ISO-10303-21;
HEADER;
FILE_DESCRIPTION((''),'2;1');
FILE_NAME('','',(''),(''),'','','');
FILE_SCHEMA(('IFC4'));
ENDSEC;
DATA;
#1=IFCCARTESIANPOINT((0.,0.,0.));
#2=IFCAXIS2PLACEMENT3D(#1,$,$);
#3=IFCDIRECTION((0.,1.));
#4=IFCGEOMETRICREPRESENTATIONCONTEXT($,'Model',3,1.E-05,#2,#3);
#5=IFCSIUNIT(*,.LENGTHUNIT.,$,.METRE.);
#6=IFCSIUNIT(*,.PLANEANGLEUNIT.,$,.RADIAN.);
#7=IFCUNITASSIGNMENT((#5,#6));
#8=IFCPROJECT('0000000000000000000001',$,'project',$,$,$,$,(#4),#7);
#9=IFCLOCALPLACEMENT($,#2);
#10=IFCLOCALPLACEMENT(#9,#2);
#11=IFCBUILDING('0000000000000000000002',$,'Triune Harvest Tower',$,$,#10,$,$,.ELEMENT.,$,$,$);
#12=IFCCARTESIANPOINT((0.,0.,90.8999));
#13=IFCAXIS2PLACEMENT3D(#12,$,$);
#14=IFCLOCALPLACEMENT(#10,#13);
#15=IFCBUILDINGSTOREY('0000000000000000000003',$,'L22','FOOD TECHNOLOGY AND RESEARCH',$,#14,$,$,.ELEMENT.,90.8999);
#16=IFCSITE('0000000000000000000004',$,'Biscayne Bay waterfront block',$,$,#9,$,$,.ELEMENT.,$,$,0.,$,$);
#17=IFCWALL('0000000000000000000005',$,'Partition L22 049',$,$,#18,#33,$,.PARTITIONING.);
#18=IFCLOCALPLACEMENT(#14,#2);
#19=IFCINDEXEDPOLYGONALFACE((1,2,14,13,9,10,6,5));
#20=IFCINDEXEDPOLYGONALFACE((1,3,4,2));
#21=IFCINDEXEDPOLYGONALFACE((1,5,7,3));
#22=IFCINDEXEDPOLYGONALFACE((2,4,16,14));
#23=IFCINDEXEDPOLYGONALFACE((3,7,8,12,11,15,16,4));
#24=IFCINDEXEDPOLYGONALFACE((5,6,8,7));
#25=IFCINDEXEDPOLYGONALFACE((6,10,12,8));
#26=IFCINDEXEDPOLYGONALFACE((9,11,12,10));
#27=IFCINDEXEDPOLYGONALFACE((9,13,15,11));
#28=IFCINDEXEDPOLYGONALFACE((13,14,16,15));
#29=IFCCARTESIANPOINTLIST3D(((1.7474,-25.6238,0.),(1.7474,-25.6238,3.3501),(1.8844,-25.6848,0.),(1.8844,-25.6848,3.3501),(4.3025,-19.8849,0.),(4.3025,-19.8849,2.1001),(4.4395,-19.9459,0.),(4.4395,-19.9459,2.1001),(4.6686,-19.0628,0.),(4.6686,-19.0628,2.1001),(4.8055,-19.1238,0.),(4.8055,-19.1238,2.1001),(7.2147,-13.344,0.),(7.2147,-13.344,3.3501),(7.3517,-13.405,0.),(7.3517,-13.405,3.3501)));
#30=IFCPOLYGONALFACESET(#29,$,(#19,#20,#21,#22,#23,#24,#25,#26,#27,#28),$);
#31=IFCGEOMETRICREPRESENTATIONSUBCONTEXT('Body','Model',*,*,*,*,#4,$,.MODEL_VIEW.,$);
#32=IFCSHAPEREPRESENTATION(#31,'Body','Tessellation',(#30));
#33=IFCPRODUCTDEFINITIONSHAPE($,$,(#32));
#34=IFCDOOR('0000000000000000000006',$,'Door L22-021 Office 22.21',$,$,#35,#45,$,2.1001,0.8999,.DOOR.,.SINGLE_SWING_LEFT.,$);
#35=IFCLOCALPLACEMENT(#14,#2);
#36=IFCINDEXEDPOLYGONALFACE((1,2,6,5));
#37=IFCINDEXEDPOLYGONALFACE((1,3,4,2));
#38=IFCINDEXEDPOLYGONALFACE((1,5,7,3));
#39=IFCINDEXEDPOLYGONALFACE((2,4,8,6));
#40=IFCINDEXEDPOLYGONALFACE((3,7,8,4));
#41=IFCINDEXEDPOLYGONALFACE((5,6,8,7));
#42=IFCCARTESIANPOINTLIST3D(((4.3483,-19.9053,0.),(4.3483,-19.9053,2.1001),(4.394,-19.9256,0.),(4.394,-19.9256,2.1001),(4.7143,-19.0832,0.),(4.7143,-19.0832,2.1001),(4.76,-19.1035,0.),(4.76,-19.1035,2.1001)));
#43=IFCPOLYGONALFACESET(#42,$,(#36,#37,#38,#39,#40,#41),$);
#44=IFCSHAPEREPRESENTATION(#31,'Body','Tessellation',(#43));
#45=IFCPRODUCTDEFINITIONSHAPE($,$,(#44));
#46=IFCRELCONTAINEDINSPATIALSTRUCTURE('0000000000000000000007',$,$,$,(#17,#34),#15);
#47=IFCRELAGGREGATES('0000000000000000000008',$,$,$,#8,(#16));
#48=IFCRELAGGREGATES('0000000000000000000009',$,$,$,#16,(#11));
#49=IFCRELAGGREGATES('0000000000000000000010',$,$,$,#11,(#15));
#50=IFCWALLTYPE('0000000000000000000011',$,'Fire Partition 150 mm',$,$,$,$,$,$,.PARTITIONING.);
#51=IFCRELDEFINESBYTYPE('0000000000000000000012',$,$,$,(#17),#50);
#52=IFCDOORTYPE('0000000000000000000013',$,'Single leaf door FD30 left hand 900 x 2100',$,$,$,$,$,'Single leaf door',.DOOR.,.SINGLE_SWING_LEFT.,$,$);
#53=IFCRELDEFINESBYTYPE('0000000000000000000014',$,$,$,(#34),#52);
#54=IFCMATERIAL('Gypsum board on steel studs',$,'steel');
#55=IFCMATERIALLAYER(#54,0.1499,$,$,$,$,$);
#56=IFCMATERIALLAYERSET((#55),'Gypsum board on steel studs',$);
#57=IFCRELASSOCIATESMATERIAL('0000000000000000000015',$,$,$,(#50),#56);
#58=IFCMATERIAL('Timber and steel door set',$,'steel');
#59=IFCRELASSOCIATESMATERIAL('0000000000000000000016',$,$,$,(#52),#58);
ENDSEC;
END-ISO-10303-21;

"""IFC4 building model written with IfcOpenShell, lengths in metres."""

from ifc_helpers import new_model, si_unit, direction, frame, frame_2d, origin, place, context, subcontext, project, spatial, rectangle, extrude, material, layer, layer_set, type_object, element, fill, save


model = new_model("IFC4")

# Units and contexts
model_context = context("Model", 3, precision=1e-05, world=origin(), true_north=direction((0.0, 1.0)))
body_context = subcontext(model_context, "Body", "Model", "MODEL_VIEW")
ifc_project = project(units=[si_unit("LENGTHUNIT", "METRE"), si_unit("PLANEANGLEUNIT", "RADIAN")], contexts=[model_context])

# Site, building, storey
site_placement = place(None, origin())
site = spatial("IfcSite", under=ifc_project, at=site_placement, Name="Biscayne Bay waterfront block", CompositionType="ELEMENT", RefElevation=0.0)
building_placement = place(site_placement, origin())
building = spatial("IfcBuilding", under=site, at=building_placement, Name="Triune Harvest Tower", CompositionType="ELEMENT")
storey_placement = place(building_placement, frame((0.0, 0.0, 90.8999)))
storey = spatial("IfcBuildingStorey", under=building, at=storey_placement, Name="L22", Description="FOOD TECHNOLOGY AND RESEARCH", CompositionType="ELEMENT", Elevation=90.8999)

# Shared definitions
ifc_material_1 = material(Name="Gypsum board on steel studs", Category="steel")
ifc_layer_1 = layer(ifc_material_1, 0.1499)
ifc_layer_set_1 = layer_set([ifc_layer_1], Name="Gypsum board on steel studs")
wall_type = type_object("IfcWallType", Name="Fire Partition 150 mm", PredefinedType="PARTITIONING", material=ifc_layer_set_1)
ifc_material_2 = material(Name="Timber and steel door set", Category="steel")
door_type_1 = type_object("IfcDoorType", Name="Single leaf door FD30 left hand 900 x 2100", ElementType="Single leaf door", OperationType="SINGLE_SWING_LEFT", PredefinedType="DOOR", material=ifc_material_2)

# Wall, opening, door
wall_1_placement = place(storey_placement, frame((1.8159, -25.6543, 0.0), z_axis=(0.0, 0.0, 1.0), x_axis=(0.406735, 0.913546, 0.0)))
wall_1 = element("IfcWall", 1, at=wall_1_placement, inside=storey, type_object=wall_type, Name="Partition L22 049", PredefinedType="PARTITIONING", context=body_context, shape_type="SweptSolid", body=[
    extrude(rectangle(XDim=13.4419, YDim=0.1499, at=frame_2d((6.7209, 0.0))), origin(), (0.0, 0.0, 1.0), 3.3501),
])
opening_1_placement = place(wall_1_placement, frame((6.282, 0.0, 0.0)))
opening_1 = element("IfcOpeningElement", 2, at=opening_1_placement, cuts=wall_1, PredefinedType="OPENING", context=body_context, shape_type="SweptSolid", body=[
    extrude(rectangle(XDim=0.8999, YDim=2.1001, at=frame_2d((0.45, 1.05))), frame((0.0, 0.085, 0.0), z_axis=(0.0, -1.0, 0.0), x_axis=(1.0, 0.0, 0.0)), (0.0, 0.0, 1.0), 0.1699),
])
door_1_placement = place(opening_1_placement, origin())
door_1 = element("IfcDoor", 3, at=door_1_placement, inside=storey, type_object=door_type_1, Name="Door L22-021 Office 22.21", OperationType="SINGLE_SWING_LEFT", OverallHeight=2.1001, OverallWidth=0.8999, PredefinedType="DOOR", context=body_context, shape_type="SweptSolid", body=[
    extrude(rectangle(XDim=0.8999, YDim=2.1001, at=frame_2d((0.45, 1.05))), frame((0.0, 0.0249, 0.0), z_axis=(0.0, -1.0, 0.0), x_axis=(1.0, 0.0, 0.0)), (0.0, 0.0, 1.0), 0.05),
])
fill(opening_1, door_1)

save(model, "model.ifc")
